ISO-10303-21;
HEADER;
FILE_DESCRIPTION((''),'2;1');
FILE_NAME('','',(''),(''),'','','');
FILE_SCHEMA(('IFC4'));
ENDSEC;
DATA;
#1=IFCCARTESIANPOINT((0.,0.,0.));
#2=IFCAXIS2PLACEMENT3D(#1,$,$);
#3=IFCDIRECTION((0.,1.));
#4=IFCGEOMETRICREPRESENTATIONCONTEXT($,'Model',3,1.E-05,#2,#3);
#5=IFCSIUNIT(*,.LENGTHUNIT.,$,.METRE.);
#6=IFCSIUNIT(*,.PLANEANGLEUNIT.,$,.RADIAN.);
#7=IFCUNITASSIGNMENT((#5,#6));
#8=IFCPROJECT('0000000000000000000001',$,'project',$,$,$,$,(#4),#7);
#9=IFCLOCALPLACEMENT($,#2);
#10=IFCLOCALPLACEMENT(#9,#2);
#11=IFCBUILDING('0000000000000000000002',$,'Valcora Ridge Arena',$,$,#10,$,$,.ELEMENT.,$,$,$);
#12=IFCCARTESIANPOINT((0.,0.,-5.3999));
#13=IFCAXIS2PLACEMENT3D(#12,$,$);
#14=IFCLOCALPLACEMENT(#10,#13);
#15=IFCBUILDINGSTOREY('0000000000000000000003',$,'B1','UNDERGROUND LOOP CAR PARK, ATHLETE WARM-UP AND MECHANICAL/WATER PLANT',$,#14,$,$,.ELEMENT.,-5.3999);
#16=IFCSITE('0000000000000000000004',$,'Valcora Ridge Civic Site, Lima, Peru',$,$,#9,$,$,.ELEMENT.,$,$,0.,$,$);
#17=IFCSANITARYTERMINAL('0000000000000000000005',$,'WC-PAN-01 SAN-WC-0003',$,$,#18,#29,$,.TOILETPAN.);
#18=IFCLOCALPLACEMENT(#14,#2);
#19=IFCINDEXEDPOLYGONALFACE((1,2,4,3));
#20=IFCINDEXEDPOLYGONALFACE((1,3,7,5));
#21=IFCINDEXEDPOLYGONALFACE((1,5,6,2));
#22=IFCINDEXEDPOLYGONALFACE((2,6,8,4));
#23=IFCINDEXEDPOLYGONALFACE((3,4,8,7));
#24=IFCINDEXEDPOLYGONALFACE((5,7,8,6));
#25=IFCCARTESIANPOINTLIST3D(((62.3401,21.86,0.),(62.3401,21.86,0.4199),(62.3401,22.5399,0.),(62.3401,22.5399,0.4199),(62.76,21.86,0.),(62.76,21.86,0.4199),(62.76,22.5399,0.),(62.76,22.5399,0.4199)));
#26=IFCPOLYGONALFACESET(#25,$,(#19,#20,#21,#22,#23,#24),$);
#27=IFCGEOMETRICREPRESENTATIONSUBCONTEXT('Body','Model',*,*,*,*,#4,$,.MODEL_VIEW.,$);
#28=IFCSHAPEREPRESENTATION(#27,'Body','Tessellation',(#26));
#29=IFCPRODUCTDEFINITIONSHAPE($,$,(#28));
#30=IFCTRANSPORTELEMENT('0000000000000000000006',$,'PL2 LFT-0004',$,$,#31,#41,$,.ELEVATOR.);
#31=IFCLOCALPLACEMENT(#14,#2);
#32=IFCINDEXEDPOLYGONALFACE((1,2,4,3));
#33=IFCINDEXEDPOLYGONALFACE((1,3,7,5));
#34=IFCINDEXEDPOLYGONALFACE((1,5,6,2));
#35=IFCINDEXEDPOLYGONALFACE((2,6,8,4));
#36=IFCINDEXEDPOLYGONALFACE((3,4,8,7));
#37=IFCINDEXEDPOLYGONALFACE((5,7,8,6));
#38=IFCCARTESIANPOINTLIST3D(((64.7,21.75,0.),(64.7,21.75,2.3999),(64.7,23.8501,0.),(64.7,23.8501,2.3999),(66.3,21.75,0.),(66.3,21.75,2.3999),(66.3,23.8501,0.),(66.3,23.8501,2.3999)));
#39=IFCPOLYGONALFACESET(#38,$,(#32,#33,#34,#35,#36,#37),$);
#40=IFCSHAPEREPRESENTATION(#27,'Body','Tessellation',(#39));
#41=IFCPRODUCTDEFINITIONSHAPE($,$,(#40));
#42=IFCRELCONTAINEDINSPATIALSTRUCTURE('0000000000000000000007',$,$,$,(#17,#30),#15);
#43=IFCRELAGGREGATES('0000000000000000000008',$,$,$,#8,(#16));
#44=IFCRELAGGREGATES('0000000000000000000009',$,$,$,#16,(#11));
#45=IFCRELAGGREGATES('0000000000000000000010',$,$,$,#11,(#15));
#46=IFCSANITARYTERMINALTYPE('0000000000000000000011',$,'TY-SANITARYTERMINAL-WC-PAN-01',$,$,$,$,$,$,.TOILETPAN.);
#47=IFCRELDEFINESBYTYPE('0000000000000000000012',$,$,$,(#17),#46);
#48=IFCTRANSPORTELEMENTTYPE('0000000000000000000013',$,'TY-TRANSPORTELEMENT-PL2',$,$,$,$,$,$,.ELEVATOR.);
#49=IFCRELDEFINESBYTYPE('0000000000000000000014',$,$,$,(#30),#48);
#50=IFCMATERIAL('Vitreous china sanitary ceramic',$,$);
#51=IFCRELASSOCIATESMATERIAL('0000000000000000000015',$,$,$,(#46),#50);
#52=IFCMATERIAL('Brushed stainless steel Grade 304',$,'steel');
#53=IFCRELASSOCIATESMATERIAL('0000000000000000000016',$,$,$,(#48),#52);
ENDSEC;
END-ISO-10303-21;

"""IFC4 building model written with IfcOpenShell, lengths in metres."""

from ifc_helpers import new_model, si_unit, direction, frame, origin, origin_2d, place, context, subcontext, project, spatial, rectangle, extrude, material, type_object, element, save


model = new_model("IFC4")

# Units and contexts
model_context = context("Model", 3, precision=1e-05, world=origin(), true_north=direction((0.0, 1.0)))
body_context = subcontext(model_context, "Body", "Model", "MODEL_VIEW")
ifc_project = project(units=[si_unit("LENGTHUNIT", "METRE"), si_unit("PLANEANGLEUNIT", "RADIAN")], contexts=[model_context])

# Site, building, storey
site_placement = place(None, origin())
site = spatial("IfcSite", under=ifc_project, at=site_placement, Name="Valcora Ridge Civic Site, Lima, Peru", CompositionType="ELEMENT", RefElevation=0.0)
building_placement = place(site_placement, origin())
building = spatial("IfcBuilding", under=site, at=building_placement, Name="Valcora Ridge Arena", CompositionType="ELEMENT")
storey_placement = place(building_placement, frame((0.0, 0.0, -5.3999)))
storey = spatial("IfcBuildingStorey", under=building, at=storey_placement, Name="B1", Description="UNDERGROUND LOOP CAR PARK, ATHLETE WARM-UP AND MECHANICAL/WATER PLANT", CompositionType="ELEMENT", Elevation=-5.3999)

# Sanitary terminal
ifc_material_1 = material(Name="Vitreous china sanitary ceramic")
sanitary_terminal_type_1 = type_object("IfcSanitaryTerminalType", Name="TY-SANITARYTERMINAL-WC-PAN-01", PredefinedType="TOILETPAN", material=ifc_material_1)
for number, where, z_axis, x_axis, name in (
    (1, (62.55, 22.2, 0.0), (0.0, 0.0, 1.0), (1.0, 0.0, 0.0), "WC-PAN-01 SAN-WC-0003"),
):
    element("IfcSanitaryTerminal", number, at=place(storey_placement, frame(where, z_axis=z_axis, x_axis=x_axis)), inside=storey, type_object=sanitary_terminal_type_1, Name=name, PredefinedType="TOILETPAN", context=body_context, shape_type="SweptSolid", body=[
        extrude(rectangle(XDim=0.4199, YDim=0.6799, at=origin_2d()), origin(), (0.0, 0.0, 1.0), 0.4199),
    ])

# Transport element
ifc_material_2 = material(Name="Brushed stainless steel Grade 304", Category="steel")
transport_element_type = type_object("IfcTransportElementType", Name="TY-TRANSPORTELEMENT-PL2", PredefinedType="ELEVATOR", material=ifc_material_2)
transport_element_placement = place(storey_placement, frame((65.5, 22.8, 0.0), z_axis=(0.0, 0.0, 1.0), x_axis=(1.0, 0.0, 0.0)))
element("IfcTransportElement", 2, at=transport_element_placement, inside=storey, type_object=transport_element_type, Name="PL2 LFT-0004", PredefinedType="ELEVATOR", context=body_context, shape_type="SweptSolid", body=[
    extrude(rectangle(XDim=1.6001, YDim=2.1001, at=origin_2d()), origin(), (0.0, 0.0, 1.0), 2.3999),
])

save(model, "model.ifc")
